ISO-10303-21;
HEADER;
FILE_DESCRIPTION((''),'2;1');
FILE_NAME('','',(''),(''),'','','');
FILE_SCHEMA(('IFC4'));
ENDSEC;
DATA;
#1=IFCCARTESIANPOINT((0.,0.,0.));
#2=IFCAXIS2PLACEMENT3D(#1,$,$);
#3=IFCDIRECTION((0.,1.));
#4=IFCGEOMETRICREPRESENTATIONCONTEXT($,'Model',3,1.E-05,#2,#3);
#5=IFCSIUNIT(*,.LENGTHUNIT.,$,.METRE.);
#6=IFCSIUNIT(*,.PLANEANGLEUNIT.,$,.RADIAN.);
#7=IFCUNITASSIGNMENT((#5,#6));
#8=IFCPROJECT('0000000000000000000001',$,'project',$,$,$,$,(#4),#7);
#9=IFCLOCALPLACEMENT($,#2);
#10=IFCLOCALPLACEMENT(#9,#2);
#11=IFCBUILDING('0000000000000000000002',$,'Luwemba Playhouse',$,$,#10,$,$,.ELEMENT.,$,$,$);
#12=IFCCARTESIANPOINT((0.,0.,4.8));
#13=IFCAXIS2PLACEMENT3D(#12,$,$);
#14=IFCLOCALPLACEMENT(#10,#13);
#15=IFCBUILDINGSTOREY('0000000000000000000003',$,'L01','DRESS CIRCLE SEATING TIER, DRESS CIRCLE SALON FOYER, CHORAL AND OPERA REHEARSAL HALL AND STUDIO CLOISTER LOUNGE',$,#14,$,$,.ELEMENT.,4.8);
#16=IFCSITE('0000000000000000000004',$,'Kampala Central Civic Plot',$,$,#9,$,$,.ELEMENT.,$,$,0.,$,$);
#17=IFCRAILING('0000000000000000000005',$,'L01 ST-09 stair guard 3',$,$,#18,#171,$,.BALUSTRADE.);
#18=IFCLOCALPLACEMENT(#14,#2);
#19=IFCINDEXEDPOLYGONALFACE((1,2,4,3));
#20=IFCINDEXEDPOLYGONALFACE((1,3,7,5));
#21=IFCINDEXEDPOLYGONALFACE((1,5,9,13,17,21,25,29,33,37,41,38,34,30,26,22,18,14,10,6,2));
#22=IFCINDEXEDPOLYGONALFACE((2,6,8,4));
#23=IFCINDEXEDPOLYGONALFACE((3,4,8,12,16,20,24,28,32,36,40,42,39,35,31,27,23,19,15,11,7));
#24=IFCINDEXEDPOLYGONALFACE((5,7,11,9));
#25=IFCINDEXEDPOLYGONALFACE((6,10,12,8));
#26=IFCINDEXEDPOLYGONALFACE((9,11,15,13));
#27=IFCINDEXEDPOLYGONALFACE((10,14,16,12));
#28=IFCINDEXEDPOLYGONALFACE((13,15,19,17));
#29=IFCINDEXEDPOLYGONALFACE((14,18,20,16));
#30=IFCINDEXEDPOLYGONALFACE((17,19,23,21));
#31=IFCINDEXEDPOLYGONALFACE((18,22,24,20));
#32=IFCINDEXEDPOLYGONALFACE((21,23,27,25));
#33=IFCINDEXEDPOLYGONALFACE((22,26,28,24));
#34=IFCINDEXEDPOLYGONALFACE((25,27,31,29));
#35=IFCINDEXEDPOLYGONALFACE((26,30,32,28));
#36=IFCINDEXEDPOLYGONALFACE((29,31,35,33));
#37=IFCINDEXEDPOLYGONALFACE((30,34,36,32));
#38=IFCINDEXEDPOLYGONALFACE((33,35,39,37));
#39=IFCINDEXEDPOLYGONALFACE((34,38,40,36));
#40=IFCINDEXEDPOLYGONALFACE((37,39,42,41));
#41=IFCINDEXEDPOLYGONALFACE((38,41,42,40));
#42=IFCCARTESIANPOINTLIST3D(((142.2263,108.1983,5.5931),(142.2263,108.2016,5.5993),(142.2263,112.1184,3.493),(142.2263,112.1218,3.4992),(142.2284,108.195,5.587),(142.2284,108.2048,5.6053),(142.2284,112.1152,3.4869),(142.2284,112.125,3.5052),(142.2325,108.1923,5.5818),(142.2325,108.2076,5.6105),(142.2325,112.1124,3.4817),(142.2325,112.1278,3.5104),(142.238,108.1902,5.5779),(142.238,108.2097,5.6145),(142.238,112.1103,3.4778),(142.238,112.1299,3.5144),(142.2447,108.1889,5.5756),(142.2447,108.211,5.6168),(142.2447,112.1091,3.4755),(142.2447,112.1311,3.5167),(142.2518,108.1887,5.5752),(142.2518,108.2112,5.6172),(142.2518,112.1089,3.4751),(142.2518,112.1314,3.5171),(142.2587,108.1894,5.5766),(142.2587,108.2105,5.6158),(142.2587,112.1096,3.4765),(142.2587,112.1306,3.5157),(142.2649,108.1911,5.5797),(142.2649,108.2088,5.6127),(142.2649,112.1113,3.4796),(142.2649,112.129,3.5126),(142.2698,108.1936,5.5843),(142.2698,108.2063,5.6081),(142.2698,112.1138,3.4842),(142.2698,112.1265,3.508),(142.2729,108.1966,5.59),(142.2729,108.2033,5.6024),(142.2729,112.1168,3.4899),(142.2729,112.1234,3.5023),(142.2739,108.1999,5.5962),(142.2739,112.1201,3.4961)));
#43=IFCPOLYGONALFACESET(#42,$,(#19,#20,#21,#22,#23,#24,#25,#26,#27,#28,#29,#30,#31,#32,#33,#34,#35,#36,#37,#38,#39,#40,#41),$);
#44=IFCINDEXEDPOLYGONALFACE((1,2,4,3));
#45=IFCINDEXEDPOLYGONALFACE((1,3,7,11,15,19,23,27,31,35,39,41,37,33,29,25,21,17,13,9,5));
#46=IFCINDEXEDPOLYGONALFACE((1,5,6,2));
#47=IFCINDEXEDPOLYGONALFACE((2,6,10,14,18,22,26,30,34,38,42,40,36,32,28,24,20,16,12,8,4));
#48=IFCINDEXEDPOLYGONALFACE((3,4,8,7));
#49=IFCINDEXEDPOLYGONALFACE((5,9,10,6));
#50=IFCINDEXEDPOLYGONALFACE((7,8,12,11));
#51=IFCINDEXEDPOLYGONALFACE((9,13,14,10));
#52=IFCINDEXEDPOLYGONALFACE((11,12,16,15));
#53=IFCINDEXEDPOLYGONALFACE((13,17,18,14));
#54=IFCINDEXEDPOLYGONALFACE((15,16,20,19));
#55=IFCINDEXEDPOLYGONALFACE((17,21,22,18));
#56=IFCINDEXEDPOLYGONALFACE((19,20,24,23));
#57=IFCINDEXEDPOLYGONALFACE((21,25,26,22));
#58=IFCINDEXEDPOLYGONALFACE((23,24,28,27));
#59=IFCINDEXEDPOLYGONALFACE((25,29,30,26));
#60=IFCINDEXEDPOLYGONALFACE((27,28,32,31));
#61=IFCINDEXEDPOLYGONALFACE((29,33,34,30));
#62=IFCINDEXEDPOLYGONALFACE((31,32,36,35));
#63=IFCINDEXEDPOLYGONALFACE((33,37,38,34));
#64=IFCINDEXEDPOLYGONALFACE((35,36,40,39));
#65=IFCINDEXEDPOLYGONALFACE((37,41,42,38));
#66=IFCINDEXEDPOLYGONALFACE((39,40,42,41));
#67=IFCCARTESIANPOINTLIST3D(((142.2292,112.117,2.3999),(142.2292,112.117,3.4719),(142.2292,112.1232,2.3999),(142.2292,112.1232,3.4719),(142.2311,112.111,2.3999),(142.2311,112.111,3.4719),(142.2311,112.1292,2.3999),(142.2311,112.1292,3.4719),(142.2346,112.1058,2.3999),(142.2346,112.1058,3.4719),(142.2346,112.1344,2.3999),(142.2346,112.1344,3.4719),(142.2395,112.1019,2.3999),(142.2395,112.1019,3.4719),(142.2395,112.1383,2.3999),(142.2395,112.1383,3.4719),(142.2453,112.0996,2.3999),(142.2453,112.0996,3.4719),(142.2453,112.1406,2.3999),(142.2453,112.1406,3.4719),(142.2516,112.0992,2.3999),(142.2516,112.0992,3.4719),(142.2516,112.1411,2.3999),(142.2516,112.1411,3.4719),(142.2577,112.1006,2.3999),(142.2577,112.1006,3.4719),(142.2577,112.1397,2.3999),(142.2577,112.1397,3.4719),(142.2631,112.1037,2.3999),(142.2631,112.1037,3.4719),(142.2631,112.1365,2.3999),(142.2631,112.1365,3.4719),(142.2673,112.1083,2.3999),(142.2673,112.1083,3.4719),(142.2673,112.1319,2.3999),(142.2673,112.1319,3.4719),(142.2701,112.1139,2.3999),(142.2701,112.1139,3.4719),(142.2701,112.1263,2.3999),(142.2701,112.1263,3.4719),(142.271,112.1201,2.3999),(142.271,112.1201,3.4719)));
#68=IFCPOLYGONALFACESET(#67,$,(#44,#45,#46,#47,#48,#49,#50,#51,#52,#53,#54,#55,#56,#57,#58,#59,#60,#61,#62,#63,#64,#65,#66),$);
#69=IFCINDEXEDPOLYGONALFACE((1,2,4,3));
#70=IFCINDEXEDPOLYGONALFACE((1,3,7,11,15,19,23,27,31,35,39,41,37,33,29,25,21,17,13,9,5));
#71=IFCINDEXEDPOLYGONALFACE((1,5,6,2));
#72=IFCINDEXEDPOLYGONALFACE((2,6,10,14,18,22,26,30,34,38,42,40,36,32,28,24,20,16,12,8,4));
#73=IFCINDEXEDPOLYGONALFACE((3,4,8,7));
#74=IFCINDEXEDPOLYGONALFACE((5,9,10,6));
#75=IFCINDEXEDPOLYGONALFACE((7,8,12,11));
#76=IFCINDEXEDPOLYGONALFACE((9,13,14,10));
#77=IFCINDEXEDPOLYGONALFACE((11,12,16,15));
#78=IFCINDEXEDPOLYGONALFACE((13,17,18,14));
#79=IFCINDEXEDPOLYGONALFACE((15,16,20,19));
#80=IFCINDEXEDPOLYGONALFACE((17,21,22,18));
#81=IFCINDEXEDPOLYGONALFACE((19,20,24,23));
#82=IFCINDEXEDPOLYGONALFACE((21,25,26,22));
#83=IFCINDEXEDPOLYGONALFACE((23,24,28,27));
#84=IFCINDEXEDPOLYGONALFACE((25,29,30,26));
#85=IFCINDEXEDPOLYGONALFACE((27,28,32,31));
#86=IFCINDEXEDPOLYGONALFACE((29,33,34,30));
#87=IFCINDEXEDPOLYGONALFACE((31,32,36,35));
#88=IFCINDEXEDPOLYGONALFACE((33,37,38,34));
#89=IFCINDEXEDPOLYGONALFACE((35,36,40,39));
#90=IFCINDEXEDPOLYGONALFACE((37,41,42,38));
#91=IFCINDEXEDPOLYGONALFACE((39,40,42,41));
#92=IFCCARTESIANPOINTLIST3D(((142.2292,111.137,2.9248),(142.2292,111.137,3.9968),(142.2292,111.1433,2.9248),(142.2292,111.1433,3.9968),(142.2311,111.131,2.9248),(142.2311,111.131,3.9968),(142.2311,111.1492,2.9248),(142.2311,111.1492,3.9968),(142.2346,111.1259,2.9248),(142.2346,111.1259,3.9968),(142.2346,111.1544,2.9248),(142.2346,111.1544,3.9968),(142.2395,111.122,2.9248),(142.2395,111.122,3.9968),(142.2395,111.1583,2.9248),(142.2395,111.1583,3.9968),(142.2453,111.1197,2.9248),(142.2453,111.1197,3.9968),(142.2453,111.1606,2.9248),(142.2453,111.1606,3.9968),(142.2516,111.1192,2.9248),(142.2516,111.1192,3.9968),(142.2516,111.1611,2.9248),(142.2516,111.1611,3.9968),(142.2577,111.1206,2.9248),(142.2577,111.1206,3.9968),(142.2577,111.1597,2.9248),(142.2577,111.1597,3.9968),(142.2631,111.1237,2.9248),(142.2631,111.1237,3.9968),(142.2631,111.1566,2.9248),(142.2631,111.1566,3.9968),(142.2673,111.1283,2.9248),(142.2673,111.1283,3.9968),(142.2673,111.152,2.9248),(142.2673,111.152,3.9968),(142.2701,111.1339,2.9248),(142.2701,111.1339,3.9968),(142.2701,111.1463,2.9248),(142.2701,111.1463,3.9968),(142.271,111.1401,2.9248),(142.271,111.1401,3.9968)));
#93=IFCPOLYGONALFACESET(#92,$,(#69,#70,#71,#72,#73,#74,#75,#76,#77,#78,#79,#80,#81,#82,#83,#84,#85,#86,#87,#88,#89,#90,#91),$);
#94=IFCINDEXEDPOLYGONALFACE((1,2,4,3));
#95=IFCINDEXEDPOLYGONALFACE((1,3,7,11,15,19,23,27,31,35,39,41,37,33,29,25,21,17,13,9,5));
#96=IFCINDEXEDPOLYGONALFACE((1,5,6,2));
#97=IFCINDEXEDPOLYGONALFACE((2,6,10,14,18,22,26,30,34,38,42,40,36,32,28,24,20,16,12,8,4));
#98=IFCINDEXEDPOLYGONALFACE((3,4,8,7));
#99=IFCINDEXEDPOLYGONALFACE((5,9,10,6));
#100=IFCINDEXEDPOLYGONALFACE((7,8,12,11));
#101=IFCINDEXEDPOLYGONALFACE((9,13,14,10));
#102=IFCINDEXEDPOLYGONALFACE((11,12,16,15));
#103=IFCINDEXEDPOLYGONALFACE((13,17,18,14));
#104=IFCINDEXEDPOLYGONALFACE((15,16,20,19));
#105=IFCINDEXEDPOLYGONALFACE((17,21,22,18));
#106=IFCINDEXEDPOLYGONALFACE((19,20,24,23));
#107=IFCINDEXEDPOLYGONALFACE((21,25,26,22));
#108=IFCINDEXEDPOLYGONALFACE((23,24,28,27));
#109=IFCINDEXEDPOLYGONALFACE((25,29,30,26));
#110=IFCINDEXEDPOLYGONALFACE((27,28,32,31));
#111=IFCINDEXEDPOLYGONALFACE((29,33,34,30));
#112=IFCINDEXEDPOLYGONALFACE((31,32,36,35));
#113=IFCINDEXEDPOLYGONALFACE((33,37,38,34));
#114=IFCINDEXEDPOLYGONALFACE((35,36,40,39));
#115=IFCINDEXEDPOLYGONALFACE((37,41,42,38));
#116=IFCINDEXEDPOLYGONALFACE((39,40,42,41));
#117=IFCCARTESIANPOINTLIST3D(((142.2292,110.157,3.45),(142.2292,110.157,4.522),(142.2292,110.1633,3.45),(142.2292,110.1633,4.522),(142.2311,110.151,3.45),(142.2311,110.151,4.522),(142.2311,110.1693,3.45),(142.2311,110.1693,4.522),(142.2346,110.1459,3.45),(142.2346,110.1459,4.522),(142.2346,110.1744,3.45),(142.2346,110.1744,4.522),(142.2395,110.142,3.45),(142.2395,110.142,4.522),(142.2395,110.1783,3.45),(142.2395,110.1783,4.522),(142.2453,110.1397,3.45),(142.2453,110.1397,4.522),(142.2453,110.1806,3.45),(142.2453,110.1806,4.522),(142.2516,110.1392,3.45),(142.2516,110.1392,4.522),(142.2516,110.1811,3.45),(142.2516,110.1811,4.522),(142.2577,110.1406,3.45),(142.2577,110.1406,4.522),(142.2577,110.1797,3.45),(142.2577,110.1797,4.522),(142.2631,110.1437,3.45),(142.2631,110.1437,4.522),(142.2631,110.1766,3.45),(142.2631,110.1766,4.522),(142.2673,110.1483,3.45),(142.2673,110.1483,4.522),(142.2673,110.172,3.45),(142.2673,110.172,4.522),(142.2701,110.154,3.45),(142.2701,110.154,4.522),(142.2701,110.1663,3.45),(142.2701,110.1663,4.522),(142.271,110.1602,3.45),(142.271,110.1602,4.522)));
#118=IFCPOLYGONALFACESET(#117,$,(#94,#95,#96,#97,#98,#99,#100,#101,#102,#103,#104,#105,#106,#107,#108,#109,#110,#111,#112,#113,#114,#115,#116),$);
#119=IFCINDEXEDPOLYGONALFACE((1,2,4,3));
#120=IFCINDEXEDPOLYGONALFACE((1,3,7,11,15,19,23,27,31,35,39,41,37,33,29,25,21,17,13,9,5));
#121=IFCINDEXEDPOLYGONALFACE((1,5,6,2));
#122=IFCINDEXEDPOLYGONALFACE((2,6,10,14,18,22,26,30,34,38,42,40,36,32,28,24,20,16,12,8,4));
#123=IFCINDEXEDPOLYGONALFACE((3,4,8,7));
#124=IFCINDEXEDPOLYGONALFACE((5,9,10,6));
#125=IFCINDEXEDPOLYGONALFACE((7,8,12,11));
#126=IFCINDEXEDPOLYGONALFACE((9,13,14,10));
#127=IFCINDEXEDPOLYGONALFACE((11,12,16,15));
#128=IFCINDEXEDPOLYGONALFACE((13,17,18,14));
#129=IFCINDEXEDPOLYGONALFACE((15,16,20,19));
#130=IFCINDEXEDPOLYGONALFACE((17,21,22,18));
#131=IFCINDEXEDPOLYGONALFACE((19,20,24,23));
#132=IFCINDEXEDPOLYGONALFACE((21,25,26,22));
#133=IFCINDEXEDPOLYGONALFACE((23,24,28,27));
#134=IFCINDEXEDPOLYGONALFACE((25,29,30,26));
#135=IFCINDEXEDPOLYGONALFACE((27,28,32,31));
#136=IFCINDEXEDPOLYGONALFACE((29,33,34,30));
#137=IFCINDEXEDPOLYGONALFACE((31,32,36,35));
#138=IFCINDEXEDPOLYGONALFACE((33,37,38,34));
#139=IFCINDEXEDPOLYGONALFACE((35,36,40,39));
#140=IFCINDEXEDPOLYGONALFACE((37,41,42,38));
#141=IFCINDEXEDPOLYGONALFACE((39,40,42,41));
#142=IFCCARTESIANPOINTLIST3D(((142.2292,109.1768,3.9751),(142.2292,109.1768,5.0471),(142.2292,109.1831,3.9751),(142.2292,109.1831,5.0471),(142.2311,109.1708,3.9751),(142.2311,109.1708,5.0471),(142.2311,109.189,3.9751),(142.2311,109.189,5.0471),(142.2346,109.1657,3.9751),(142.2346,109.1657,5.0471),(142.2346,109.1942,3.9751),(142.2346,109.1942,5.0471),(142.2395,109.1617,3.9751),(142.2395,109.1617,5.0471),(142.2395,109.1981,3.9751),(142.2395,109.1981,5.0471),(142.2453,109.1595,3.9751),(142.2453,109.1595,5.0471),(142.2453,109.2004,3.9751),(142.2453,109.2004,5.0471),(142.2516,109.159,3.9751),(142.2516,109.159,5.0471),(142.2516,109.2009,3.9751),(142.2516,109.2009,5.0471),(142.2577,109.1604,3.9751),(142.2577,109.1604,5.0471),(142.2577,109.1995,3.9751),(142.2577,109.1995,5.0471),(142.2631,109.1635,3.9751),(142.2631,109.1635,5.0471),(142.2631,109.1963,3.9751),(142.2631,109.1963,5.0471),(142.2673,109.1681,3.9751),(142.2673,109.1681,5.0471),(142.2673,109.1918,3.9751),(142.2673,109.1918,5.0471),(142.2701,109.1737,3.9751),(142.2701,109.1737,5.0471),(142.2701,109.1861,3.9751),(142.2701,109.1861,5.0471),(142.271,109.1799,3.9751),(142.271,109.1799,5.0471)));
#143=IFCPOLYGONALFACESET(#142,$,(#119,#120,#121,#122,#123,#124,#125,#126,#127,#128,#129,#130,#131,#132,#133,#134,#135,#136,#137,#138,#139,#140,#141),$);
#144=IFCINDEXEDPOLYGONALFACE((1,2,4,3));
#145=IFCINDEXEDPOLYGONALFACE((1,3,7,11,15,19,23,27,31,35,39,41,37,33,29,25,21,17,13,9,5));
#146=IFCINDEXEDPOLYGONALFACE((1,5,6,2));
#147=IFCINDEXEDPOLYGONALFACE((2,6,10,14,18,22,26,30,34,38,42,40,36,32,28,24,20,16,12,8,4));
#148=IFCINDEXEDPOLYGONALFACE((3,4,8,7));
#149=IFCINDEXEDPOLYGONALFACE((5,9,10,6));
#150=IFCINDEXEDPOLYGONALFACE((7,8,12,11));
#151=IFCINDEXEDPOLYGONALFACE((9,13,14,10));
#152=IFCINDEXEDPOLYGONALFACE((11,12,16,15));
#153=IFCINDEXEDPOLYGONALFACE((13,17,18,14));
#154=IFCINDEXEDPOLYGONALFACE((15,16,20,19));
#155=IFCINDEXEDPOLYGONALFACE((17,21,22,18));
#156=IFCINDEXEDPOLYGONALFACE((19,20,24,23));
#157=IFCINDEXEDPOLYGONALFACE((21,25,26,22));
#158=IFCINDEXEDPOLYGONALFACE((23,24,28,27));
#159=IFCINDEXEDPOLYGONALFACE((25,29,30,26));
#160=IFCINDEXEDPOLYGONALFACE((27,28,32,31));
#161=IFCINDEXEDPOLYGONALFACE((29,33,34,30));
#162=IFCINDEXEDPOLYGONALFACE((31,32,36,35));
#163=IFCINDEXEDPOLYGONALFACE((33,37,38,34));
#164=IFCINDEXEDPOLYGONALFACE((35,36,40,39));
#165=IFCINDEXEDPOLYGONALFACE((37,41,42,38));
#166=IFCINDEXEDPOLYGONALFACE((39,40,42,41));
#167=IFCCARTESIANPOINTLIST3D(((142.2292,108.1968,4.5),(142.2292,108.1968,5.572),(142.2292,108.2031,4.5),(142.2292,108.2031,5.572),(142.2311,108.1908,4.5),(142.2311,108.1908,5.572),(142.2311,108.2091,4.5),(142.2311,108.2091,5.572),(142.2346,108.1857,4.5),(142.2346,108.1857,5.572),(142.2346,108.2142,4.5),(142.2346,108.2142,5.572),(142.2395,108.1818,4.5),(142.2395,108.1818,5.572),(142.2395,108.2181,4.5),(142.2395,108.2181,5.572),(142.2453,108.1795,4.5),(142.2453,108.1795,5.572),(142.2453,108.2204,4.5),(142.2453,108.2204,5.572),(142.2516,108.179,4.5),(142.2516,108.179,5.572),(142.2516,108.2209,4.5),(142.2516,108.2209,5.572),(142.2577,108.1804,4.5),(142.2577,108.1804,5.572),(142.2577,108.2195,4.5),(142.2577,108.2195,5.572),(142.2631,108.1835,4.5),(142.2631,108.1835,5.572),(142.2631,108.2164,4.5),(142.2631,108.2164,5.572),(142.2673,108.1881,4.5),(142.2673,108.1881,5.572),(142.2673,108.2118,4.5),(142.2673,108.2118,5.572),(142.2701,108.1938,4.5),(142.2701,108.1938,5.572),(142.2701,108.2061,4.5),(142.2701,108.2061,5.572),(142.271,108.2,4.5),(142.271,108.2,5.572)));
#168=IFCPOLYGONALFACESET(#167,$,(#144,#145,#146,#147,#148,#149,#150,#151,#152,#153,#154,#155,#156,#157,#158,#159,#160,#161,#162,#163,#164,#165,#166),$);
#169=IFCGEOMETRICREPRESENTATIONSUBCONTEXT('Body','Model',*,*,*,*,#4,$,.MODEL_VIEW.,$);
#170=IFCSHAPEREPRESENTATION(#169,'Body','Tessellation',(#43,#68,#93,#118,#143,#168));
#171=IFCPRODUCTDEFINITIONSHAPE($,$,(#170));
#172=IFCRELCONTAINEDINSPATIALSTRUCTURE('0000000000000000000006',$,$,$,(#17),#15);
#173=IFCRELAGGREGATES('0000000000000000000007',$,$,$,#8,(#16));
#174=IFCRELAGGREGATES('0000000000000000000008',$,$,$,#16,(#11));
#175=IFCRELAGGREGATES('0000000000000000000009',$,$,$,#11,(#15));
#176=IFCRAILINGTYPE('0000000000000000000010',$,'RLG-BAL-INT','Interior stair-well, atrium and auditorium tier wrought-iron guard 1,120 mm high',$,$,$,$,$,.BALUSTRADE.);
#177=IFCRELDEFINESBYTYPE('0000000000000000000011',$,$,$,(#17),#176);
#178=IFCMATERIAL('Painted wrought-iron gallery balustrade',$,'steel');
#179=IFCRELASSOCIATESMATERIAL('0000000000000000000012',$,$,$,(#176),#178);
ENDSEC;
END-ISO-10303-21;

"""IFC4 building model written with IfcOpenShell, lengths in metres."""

from ifc_helpers import new_model, si_unit, direction, frame, origin, origin_2d, place, context, subcontext, project, spatial, circle, extrude, material, type_object, element, save


model = new_model("IFC4")

# Units and contexts
model_context = context("Model", 3, precision=1e-05, world=origin(), true_north=direction((0.0, 1.0)))
body_context = subcontext(model_context, "Body", "Model", "MODEL_VIEW")
ifc_project = project(units=[si_unit("LENGTHUNIT", "METRE"), si_unit("PLANEANGLEUNIT", "RADIAN")], contexts=[model_context])

# Site, building, storey
site_placement = place(None, origin())
site = spatial("IfcSite", under=ifc_project, at=site_placement, Name="Kampala Central Civic Plot", CompositionType="ELEMENT", RefElevation=0.0)
building_placement = place(site_placement, origin())
building = spatial("IfcBuilding", under=site, at=building_placement, Name="Luwemba Playhouse", CompositionType="ELEMENT")
storey_placement = place(building_placement, frame((0.0, 0.0, 4.8)))
storey = spatial("IfcBuildingStorey", under=building, at=storey_placement, Name="L01", Description="DRESS CIRCLE SEATING TIER, DRESS CIRCLE SALON FOYER, CHORAL AND OPERA REHEARSAL HALL AND STUDIO CLOISTER LOUNGE", CompositionType="ELEMENT", Elevation=4.8)

# Railing
ifc_material_1 = material(Name="Painted wrought-iron gallery balustrade", Category="steel")
railing_type_1 = type_object("IfcRailingType", Name="RLG-BAL-INT", Description="Interior stair-well, atrium and auditorium tier wrought-iron guard 1,120 mm high", PredefinedType="BALUSTRADE", material=ifc_material_1)
railing_1_placement = place(storey_placement, frame((142.25, 112.1201, 2.3999)))
element("IfcRailing", 1, at=railing_1_placement, inside=storey, type_object=railing_type_1, Name="L01 ST-09 stair guard 3", PredefinedType="BALUSTRADE", context=body_context, shape_type="SweptSolid", body=[
    extrude(circle(Radius=0.0239, at=origin_2d()), frame((0.0, 0.0, 1.0962), z_axis=(0.0, -0.881479, 0.472223), x_axis=(1.0, 0.0, 0.0)), (0.0, 0.0, 1.0), 4.4473),
    extrude(circle(Radius=0.021, at=origin_2d()), origin(), (0.0, 0.0, 1.0), 1.072),
    extrude(circle(Radius=0.021, at=origin_2d()), frame((0.0, -0.98, 0.5249)), (0.0, 0.0, 1.0), 1.072),
    extrude(circle(Radius=0.021, at=origin_2d()), frame((0.0, -1.96, 1.05)), (0.0, 0.0, 1.0), 1.072),
    extrude(circle(Radius=0.021, at=origin_2d()), frame((0.0, -2.9402, 1.5752)), (0.0, 0.0, 1.0), 1.072),
    extrude(circle(Radius=0.021, at=origin_2d()), frame((0.0, -3.9202, 2.1001)), (0.0, 0.0, 1.0), 1.072),
])

save(model, "model.ifc")
